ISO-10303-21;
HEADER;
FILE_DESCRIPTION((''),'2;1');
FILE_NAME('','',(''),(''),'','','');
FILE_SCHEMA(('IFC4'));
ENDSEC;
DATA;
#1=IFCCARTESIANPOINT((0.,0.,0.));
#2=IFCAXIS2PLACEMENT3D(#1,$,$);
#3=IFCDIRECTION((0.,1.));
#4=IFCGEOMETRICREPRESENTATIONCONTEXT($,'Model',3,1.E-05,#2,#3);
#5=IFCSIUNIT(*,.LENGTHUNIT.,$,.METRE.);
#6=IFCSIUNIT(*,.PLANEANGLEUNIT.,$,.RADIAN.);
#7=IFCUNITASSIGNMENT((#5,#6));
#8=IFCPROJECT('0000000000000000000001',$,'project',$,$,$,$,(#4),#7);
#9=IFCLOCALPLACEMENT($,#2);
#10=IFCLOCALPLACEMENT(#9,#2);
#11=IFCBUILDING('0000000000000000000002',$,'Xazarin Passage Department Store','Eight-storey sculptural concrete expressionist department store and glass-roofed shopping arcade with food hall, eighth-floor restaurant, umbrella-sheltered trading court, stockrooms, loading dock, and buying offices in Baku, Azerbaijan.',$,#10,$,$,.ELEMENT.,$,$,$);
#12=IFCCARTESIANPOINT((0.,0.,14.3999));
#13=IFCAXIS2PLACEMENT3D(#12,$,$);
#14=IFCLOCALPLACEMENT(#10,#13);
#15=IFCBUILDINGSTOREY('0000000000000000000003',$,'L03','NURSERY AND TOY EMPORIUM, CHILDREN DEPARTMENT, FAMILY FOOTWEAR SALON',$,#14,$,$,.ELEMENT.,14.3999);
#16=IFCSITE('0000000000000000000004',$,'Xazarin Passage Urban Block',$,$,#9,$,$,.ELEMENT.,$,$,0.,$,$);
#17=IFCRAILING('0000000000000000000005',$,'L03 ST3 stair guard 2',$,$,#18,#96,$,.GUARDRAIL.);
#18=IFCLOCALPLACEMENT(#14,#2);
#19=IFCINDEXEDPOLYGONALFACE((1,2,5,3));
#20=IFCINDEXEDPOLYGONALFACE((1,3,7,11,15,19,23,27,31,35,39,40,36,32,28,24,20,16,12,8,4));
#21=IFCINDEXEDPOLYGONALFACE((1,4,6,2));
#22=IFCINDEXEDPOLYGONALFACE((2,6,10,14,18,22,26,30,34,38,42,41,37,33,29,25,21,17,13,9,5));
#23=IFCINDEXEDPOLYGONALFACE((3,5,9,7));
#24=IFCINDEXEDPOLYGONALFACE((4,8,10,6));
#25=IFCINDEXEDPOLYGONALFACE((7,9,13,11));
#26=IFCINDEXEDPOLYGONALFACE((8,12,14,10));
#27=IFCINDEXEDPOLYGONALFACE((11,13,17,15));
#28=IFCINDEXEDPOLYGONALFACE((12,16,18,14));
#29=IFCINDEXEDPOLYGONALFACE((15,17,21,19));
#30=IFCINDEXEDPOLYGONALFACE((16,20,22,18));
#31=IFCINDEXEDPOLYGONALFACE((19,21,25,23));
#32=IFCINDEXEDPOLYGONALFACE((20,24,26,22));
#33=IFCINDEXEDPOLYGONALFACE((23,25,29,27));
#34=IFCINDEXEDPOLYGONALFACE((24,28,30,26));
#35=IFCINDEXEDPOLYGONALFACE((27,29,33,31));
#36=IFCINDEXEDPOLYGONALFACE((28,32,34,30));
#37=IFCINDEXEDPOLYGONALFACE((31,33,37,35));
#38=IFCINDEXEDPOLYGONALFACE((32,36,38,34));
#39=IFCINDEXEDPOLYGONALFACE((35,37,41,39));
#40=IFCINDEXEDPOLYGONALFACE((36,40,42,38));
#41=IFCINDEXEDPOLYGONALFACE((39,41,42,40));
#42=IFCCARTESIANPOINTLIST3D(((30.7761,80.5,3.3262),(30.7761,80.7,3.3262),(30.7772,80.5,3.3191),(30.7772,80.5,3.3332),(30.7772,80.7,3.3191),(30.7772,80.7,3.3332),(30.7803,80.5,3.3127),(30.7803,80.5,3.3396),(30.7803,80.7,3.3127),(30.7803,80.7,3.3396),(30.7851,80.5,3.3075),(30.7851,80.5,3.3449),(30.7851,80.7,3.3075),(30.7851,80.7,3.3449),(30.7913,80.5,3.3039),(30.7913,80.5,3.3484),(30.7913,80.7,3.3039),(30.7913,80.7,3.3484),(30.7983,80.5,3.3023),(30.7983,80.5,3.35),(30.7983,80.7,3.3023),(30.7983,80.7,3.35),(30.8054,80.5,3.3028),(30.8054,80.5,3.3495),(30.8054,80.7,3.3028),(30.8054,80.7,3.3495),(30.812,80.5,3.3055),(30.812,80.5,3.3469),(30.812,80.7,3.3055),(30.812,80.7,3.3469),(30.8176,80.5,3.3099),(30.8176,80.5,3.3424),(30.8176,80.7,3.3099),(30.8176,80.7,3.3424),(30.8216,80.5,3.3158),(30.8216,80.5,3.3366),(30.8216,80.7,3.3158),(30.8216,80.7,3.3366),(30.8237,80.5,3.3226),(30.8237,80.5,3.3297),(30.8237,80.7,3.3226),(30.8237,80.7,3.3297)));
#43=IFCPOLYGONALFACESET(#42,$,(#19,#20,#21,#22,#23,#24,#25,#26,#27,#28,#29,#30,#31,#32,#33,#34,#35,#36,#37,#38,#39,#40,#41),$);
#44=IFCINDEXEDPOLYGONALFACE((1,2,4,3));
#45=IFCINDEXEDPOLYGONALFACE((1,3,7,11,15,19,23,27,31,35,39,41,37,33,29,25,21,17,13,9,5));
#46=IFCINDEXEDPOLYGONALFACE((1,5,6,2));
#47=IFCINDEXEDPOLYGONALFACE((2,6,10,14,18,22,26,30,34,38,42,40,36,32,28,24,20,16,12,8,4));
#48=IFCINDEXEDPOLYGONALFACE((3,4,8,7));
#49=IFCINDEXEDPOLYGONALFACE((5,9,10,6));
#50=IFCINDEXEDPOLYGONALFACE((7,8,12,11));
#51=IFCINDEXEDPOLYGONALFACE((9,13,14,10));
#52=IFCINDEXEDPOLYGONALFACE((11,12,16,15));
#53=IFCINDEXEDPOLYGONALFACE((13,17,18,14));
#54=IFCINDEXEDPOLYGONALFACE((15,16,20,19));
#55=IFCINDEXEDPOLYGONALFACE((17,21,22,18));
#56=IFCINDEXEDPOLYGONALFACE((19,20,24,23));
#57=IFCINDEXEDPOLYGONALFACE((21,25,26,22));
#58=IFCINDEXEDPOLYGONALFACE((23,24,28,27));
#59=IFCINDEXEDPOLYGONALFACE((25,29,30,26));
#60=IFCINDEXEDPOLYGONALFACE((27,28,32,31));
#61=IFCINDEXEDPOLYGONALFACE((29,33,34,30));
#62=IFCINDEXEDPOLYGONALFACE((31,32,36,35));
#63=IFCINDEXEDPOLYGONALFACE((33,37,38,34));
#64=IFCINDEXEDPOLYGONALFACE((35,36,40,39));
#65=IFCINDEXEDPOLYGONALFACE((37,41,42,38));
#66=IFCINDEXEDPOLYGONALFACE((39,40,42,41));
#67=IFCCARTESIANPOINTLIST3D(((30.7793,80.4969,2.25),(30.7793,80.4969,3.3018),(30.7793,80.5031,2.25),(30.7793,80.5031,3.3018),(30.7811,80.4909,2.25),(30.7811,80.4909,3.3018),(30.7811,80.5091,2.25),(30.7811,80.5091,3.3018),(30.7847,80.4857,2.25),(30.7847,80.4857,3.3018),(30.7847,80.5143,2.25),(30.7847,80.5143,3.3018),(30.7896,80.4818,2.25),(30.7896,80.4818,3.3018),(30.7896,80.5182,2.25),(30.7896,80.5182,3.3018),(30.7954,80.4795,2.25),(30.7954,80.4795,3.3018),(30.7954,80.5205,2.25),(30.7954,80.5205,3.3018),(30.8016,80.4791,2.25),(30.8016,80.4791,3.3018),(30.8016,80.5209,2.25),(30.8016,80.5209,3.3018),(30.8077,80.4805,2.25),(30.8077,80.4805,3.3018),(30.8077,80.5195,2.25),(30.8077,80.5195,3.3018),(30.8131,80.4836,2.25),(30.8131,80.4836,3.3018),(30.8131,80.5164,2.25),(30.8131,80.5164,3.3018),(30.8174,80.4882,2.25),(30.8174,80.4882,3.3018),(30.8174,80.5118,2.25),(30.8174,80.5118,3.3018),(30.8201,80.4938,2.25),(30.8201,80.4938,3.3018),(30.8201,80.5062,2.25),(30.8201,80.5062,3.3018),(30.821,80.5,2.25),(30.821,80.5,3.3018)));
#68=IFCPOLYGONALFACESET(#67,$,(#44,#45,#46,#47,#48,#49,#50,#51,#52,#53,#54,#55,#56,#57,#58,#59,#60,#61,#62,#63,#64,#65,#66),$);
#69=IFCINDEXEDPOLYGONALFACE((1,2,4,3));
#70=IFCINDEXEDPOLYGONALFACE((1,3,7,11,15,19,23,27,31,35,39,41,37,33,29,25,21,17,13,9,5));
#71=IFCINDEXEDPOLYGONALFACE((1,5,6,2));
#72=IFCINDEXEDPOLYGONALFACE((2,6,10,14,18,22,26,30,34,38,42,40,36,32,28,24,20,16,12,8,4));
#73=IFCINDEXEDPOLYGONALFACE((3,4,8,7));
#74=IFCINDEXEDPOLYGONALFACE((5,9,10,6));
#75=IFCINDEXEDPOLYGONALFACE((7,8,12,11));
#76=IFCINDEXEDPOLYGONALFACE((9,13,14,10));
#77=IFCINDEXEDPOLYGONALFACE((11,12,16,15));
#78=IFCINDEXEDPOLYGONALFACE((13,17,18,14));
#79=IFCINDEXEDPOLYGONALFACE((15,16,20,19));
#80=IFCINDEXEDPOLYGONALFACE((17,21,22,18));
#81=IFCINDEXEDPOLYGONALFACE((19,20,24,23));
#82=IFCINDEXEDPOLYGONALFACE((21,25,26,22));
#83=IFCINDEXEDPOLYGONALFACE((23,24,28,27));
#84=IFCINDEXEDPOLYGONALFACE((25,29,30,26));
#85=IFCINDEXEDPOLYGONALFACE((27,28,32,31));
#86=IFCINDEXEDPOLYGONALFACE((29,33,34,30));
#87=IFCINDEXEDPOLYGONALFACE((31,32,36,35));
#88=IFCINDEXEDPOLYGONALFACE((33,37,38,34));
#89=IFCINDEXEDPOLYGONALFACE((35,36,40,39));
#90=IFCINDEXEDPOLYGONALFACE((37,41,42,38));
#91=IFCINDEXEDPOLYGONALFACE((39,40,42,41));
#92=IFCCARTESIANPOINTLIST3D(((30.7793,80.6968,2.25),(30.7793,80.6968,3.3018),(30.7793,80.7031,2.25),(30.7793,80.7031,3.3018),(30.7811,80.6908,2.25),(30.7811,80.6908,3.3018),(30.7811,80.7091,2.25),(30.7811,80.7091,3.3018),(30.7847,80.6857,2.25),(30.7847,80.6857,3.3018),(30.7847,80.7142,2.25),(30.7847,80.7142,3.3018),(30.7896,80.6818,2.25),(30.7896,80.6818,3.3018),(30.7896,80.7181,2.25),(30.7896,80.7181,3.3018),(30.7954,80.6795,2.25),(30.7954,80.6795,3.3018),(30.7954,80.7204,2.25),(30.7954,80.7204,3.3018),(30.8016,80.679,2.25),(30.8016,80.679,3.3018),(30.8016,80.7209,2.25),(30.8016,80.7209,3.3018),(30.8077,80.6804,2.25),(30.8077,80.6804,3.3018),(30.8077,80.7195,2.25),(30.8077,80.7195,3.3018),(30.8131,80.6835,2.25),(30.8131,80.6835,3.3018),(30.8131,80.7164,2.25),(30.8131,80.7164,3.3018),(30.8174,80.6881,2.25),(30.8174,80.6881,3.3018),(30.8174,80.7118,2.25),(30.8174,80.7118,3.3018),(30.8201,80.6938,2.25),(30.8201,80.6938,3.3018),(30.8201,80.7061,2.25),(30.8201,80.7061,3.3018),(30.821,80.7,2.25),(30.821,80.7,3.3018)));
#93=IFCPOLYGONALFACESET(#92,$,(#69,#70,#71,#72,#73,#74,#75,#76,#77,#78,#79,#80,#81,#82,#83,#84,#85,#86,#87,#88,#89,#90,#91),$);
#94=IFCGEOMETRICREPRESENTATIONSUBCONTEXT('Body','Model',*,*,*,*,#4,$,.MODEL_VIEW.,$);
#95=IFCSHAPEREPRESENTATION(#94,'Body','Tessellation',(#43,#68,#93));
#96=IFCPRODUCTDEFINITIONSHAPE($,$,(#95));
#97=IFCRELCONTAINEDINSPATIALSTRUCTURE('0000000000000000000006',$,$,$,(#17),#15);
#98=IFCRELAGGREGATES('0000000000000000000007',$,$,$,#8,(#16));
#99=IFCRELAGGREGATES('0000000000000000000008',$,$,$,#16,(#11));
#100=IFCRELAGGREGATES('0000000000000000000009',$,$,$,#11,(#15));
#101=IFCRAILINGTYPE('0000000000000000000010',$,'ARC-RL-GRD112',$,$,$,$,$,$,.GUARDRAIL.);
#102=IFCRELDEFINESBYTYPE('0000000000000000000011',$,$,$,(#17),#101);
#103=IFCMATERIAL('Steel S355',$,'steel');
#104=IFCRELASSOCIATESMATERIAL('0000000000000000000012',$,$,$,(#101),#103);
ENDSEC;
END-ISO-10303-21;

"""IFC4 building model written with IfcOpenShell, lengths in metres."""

from ifc_helpers import new_model, si_unit, direction, frame, origin, origin_2d, place, context, subcontext, project, spatial, circle, extrude, material, type_object, element, save


model = new_model("IFC4")

# Units and contexts
model_context = context("Model", 3, precision=1e-05, world=origin(), true_north=direction((0.0, 1.0)))
body_context = subcontext(model_context, "Body", "Model", "MODEL_VIEW")
ifc_project = project(units=[si_unit("LENGTHUNIT", "METRE"), si_unit("PLANEANGLEUNIT", "RADIAN")], contexts=[model_context])

# Site, building, storey
site_placement = place(None, origin())
site = spatial("IfcSite", under=ifc_project, at=site_placement, Name="Xazarin Passage Urban Block", CompositionType="ELEMENT", RefElevation=0.0)
building_placement = place(site_placement, origin())
building = spatial("IfcBuilding", under=site, at=building_placement, Name="Xazarin Passage Department Store", Description="Eight-storey sculptural concrete expressionist department store and glass-roofed shopping arcade with food hall, eighth-floor restaurant, umbrella-sheltered trading court, stockrooms, loading dock, and buying offices in Baku, Azerbaijan.", CompositionType="ELEMENT")
storey_placement = place(building_placement, frame((0.0, 0.0, 14.3999)))
storey = spatial("IfcBuildingStorey", under=building, at=storey_placement, Name="L03", Description="NURSERY AND TOY EMPORIUM, CHILDREN DEPARTMENT, FAMILY FOOTWEAR SALON", CompositionType="ELEMENT", Elevation=14.3999)

# Railing
ifc_material_1 = material(Name="Steel S355", Category="steel")
railing_type_1 = type_object("IfcRailingType", Name="ARC-RL-GRD112", PredefinedType="GUARDRAIL", material=ifc_material_1)
railing_1_placement = place(storey_placement, frame((30.8, 80.5, 2.25)))
element("IfcRailing", 1, at=railing_1_placement, inside=storey, type_object=railing_type_1, Name="L03 ST3 stair guard 2", PredefinedType="GUARDRAIL", context=body_context, shape_type="SweptSolid", body=[
    extrude(circle(Radius=0.0239, at=origin_2d()), frame((0.0, 0.0, 1.0762), z_axis=(0.0, 1.0, 0.0), x_axis=(-1.0, 0.0, 0.0)), (0.0, 0.0, 1.0), 0.2),
    extrude(circle(Radius=0.021, at=origin_2d()), origin(), (0.0, 0.0, 1.0), 1.0518),
    extrude(circle(Radius=0.021, at=origin_2d()), frame((0.0, 0.2, 0.0)), (0.0, 0.0, 1.0), 1.0518),
])

save(model, "model.ifc")
